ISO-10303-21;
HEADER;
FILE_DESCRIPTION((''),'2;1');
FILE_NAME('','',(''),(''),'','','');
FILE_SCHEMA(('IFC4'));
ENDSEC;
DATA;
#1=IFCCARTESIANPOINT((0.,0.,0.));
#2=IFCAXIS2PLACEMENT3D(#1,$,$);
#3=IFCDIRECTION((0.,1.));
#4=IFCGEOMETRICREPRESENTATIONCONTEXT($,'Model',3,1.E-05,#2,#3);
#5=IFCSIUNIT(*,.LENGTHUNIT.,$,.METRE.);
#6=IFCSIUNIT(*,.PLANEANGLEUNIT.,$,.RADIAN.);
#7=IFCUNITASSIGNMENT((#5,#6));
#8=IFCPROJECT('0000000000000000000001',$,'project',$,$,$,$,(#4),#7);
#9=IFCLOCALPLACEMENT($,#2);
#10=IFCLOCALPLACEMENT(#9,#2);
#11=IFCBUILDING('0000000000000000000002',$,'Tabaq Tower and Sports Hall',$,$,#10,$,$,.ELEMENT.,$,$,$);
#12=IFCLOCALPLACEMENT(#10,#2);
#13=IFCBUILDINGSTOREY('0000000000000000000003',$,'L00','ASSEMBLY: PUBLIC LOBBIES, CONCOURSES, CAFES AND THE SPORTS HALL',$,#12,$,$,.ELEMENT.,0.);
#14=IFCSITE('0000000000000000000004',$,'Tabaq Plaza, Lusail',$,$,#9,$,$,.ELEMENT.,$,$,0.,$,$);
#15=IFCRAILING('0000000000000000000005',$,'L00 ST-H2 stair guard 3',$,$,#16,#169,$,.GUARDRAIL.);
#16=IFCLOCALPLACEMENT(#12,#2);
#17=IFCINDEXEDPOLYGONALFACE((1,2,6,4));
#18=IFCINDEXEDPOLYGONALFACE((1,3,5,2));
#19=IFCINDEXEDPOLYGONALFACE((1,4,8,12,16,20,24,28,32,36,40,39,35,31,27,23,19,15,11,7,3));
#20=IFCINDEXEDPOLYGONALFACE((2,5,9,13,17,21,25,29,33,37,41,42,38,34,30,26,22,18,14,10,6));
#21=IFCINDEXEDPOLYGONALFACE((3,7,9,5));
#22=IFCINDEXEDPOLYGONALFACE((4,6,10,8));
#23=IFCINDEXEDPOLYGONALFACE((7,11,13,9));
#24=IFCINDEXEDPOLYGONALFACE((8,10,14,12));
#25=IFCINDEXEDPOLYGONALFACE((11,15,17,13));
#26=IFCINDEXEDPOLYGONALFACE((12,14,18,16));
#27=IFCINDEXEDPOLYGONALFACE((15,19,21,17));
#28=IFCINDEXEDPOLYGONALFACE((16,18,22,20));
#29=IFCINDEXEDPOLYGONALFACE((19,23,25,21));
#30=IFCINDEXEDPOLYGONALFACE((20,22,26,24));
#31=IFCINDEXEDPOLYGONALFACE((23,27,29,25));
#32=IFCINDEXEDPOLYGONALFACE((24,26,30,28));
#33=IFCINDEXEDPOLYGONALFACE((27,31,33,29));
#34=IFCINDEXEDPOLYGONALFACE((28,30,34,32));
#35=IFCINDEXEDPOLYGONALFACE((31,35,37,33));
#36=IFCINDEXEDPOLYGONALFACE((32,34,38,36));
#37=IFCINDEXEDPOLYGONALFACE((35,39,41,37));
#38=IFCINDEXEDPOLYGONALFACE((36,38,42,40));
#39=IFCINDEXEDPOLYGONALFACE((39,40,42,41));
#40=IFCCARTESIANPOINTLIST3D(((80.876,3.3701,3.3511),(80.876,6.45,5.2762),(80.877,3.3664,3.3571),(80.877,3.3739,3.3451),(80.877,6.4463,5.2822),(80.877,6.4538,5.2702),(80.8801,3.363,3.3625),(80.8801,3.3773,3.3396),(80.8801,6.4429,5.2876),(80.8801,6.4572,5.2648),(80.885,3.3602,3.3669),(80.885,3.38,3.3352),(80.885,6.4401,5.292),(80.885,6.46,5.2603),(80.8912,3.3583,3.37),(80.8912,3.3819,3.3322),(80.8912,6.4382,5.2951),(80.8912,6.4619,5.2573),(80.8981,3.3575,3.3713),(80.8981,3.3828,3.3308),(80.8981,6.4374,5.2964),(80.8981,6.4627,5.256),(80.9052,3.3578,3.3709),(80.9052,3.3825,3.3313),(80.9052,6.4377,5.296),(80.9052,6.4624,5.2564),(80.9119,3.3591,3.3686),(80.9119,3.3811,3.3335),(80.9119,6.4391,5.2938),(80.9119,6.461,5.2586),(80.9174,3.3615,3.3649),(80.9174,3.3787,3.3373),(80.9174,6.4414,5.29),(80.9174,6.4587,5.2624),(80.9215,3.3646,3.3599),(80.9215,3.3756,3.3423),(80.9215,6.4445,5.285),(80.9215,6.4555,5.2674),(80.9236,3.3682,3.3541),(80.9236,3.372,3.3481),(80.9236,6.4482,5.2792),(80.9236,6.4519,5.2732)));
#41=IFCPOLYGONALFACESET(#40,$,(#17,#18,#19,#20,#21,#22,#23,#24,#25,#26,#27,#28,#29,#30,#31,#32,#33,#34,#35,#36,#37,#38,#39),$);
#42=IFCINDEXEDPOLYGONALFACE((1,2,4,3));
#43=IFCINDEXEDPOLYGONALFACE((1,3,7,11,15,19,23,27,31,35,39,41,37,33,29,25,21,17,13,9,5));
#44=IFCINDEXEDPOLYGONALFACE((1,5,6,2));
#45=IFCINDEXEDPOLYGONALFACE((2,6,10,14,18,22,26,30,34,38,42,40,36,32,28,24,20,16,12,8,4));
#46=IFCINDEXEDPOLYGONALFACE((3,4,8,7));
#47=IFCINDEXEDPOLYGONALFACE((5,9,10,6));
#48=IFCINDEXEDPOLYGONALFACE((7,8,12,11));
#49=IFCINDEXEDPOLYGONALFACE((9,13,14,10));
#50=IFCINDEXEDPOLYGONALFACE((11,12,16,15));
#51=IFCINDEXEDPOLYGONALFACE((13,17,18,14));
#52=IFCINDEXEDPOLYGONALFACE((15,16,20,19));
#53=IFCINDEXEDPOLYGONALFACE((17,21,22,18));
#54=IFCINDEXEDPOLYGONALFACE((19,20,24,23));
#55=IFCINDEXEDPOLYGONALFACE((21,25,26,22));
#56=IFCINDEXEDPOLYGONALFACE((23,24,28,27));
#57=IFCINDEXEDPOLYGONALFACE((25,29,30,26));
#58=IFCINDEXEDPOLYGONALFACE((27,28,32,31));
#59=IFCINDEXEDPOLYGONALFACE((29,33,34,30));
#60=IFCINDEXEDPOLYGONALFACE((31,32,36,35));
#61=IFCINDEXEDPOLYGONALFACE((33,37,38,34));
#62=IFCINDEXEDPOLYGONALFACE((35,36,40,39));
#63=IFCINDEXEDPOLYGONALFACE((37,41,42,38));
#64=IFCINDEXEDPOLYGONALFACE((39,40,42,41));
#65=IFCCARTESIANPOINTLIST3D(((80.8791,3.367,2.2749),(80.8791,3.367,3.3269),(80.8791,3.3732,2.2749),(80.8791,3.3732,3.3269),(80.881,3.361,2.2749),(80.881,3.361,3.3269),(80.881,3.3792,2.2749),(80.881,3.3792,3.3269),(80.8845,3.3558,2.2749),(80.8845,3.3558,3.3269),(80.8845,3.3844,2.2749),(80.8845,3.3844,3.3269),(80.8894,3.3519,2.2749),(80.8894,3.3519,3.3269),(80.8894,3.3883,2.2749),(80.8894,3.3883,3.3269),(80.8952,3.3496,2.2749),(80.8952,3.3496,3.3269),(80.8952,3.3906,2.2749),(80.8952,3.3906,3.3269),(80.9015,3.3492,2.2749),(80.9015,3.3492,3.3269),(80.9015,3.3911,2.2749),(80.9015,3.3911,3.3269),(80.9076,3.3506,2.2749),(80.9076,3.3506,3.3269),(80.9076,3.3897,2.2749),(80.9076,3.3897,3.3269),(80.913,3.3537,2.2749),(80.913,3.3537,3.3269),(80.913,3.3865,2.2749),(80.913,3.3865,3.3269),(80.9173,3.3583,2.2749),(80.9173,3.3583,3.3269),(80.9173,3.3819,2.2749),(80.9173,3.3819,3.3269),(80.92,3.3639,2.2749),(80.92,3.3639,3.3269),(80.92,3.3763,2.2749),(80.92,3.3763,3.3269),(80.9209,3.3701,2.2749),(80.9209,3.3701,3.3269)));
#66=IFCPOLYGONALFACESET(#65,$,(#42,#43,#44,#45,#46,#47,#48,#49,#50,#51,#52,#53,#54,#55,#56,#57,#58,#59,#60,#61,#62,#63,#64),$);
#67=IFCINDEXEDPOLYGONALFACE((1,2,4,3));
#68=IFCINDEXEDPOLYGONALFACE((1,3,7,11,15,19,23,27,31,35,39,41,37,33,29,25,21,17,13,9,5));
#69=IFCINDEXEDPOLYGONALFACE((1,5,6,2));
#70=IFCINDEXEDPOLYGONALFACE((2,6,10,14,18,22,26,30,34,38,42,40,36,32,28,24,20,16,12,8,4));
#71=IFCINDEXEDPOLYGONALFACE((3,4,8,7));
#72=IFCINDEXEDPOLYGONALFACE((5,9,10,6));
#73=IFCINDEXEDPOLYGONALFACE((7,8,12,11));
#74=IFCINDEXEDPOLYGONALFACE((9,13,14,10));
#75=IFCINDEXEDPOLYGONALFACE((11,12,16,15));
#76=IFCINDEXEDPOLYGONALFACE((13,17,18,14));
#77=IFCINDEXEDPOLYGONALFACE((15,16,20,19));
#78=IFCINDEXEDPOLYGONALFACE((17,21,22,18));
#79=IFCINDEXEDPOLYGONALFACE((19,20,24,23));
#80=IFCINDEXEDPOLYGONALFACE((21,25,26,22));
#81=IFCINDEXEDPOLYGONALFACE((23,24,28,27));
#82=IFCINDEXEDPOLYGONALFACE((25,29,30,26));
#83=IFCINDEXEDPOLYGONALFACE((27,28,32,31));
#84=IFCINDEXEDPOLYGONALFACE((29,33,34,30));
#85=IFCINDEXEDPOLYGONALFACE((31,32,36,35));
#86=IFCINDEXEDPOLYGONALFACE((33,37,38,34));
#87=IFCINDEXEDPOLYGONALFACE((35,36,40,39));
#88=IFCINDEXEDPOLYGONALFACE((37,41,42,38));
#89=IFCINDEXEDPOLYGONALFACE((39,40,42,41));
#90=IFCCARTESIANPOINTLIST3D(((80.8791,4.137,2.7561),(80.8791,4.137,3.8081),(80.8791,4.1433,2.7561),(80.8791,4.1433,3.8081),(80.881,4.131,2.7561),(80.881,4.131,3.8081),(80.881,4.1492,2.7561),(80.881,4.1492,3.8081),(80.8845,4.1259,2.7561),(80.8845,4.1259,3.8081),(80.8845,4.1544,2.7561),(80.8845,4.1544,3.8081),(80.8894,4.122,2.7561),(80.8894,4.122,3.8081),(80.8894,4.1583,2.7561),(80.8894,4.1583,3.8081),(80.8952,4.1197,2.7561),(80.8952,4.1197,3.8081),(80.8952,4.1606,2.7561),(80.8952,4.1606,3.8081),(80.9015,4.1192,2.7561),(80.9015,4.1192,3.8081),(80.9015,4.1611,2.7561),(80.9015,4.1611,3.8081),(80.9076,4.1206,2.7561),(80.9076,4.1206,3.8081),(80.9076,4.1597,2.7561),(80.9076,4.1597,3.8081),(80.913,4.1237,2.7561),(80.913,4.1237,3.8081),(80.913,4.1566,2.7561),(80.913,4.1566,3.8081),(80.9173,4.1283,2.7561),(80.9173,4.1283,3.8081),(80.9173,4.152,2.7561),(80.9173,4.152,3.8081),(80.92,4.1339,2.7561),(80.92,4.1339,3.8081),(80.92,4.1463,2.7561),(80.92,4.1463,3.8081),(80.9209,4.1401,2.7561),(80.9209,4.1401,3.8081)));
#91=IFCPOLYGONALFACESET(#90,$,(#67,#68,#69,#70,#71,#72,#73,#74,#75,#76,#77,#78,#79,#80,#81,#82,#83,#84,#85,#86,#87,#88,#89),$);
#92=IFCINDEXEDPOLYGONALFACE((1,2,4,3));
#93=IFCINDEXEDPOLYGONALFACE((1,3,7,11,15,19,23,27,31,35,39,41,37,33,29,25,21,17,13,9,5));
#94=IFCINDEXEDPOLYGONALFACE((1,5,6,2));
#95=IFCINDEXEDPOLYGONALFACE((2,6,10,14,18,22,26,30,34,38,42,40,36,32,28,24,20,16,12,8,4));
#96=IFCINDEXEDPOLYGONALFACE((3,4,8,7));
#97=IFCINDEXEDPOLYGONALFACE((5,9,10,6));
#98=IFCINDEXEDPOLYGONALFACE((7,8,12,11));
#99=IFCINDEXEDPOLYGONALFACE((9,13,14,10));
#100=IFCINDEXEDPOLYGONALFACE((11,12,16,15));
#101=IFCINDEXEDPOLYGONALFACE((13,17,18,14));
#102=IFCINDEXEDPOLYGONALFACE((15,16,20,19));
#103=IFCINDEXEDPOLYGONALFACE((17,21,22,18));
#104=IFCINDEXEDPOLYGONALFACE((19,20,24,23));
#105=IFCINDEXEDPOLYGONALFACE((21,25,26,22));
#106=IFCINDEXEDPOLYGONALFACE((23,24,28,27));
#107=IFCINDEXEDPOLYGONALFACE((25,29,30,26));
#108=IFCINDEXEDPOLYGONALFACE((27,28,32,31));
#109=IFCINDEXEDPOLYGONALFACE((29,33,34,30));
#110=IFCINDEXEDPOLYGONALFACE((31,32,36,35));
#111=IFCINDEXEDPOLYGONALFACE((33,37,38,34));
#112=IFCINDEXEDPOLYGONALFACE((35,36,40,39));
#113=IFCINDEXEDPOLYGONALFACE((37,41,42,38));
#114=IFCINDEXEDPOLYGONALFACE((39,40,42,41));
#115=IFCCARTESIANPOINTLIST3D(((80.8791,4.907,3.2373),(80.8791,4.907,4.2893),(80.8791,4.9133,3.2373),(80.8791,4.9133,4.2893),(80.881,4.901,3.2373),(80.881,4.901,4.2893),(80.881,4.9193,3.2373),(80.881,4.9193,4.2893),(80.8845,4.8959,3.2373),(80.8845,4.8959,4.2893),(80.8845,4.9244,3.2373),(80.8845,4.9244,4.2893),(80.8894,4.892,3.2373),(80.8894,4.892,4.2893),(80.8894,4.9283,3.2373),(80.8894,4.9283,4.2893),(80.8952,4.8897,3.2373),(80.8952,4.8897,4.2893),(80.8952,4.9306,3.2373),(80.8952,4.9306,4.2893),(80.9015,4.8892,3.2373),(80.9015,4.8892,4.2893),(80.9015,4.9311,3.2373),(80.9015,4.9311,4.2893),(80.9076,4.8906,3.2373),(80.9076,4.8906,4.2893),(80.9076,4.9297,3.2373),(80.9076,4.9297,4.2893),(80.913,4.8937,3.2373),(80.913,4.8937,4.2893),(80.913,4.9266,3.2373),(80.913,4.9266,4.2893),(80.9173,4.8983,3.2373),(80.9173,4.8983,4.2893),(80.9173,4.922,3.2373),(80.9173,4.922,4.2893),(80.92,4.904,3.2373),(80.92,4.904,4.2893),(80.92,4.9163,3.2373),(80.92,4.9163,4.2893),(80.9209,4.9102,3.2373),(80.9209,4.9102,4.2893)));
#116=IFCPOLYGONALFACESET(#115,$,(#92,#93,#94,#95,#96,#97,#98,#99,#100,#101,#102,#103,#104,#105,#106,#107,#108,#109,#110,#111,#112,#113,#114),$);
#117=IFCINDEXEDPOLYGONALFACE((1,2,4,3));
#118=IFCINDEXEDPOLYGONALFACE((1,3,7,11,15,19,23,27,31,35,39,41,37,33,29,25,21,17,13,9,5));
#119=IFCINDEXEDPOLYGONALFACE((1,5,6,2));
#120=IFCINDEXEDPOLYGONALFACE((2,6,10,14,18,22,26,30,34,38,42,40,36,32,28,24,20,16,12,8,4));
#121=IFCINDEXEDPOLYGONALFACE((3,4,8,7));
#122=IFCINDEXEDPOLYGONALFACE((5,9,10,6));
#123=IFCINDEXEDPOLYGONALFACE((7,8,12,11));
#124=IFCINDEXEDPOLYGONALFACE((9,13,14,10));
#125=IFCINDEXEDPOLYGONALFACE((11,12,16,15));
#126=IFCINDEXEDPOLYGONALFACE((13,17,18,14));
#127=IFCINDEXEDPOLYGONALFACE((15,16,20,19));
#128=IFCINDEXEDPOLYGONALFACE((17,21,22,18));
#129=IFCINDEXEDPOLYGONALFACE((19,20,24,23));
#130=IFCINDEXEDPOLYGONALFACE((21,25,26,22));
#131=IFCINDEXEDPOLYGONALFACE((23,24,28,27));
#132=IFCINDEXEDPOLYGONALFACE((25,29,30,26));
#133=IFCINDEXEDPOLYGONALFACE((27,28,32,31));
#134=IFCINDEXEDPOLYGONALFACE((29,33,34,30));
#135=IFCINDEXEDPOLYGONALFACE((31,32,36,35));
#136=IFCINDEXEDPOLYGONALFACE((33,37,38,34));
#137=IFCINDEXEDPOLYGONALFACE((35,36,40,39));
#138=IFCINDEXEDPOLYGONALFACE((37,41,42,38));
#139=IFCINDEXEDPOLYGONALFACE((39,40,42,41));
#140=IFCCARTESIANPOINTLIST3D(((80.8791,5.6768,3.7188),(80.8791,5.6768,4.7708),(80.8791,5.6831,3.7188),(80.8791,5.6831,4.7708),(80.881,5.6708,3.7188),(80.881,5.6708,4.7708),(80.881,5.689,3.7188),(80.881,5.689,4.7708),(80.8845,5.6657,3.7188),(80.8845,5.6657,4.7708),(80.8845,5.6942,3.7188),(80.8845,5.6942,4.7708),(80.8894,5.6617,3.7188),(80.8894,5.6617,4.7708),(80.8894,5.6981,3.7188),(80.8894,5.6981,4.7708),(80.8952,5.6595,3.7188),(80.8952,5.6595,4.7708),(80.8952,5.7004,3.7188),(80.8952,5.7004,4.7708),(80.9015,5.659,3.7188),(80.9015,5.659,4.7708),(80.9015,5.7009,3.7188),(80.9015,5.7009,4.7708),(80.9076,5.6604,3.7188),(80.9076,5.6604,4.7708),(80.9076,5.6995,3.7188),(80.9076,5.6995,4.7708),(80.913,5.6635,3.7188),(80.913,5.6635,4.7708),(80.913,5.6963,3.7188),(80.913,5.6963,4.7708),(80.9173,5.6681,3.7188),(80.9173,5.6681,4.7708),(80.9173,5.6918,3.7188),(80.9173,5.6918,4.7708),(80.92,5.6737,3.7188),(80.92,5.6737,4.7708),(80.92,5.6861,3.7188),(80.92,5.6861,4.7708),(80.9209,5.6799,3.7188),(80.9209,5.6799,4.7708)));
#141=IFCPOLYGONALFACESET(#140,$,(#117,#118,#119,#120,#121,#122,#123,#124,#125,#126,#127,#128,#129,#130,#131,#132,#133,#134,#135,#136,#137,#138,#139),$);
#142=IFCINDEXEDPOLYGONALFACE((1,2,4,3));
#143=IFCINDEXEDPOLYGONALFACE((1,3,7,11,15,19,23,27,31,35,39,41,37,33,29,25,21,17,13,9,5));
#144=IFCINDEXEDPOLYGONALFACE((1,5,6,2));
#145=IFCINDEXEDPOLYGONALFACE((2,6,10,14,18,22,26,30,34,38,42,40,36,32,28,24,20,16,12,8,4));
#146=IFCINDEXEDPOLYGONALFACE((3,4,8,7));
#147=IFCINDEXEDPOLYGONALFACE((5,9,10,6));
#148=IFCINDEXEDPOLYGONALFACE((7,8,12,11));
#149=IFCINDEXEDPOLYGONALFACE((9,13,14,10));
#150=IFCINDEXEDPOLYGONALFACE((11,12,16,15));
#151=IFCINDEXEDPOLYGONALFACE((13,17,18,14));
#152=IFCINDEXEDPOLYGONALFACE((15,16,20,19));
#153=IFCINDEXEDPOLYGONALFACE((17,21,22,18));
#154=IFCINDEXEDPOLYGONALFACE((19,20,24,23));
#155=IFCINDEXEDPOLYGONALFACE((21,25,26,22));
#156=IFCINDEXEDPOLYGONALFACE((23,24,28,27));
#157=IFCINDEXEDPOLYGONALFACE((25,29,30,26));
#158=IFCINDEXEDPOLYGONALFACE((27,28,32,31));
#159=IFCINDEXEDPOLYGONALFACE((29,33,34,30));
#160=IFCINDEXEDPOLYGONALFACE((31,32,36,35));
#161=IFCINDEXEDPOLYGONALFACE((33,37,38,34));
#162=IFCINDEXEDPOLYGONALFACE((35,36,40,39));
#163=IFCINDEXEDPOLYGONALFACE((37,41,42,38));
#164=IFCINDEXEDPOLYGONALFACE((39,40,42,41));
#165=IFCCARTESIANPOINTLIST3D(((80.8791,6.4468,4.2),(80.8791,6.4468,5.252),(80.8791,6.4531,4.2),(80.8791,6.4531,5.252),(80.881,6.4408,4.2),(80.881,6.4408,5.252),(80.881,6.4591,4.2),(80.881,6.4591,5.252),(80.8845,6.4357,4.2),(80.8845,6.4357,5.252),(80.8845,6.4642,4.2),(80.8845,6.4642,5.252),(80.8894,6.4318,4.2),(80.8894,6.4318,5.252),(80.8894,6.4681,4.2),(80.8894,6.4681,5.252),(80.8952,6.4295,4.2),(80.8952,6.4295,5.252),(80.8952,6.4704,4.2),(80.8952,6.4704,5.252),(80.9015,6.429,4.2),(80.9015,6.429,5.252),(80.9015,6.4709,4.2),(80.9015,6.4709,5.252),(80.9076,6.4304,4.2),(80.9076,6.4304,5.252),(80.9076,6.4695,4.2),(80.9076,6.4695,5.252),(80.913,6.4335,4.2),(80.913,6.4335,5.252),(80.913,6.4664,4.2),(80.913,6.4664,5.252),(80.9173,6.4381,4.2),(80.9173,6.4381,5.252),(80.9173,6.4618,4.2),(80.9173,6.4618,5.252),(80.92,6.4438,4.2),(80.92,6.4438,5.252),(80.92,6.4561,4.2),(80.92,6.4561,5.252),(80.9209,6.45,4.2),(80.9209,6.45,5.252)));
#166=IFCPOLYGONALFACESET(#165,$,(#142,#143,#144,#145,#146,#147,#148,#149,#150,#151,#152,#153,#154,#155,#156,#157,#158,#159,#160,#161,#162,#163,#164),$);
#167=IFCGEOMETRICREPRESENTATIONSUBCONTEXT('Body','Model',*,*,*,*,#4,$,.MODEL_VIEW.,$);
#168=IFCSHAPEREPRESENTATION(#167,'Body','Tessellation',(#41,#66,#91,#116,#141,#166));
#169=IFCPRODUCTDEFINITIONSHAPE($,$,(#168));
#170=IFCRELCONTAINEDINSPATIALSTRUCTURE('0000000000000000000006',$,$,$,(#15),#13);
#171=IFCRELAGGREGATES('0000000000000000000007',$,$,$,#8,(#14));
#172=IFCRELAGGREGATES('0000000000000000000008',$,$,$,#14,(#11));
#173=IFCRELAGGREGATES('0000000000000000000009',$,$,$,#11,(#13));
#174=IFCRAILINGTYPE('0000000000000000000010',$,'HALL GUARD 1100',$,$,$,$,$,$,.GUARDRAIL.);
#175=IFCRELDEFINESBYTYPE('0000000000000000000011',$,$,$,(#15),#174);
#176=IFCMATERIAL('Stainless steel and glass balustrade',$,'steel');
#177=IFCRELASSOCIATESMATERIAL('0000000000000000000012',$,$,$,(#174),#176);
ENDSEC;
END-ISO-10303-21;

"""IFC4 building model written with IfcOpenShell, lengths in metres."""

from ifc_helpers import new_model, si_unit, direction, frame, origin, origin_2d, place, context, subcontext, project, spatial, circle, extrude, material, type_object, element, save


model = new_model("IFC4")

# Units and contexts
model_context = context("Model", 3, precision=1e-05, world=origin(), true_north=direction((0.0, 1.0)))
body_context = subcontext(model_context, "Body", "Model", "MODEL_VIEW")
ifc_project = project(units=[si_unit("LENGTHUNIT", "METRE"), si_unit("PLANEANGLEUNIT", "RADIAN")], contexts=[model_context])

# Site, building, storey
site_placement = place(None, origin())
site = spatial("IfcSite", under=ifc_project, at=site_placement, Name="Tabaq Plaza, Lusail", CompositionType="ELEMENT", RefElevation=0.0)
building_placement = place(site_placement, origin())
building = spatial("IfcBuilding", under=site, at=building_placement, Name="Tabaq Tower and Sports Hall", CompositionType="ELEMENT")
storey_placement = place(building_placement, origin())
storey = spatial("IfcBuildingStorey", under=building, at=storey_placement, Name="L00", Description="ASSEMBLY: PUBLIC LOBBIES, CONCOURSES, CAFES AND THE SPORTS HALL", CompositionType="ELEMENT", Elevation=0.0)

# Railing
ifc_material_1 = material(Name="Stainless steel and glass balustrade", Category="steel")
railing_type_1 = type_object("IfcRailingType", Name="HALL GUARD 1100", PredefinedType="GUARDRAIL", material=ifc_material_1)
railing_1_placement = place(storey_placement, frame((80.8999, 3.3701, 2.2749)))
element("IfcRailing", 1, at=railing_1_placement, inside=storey, type_object=railing_type_1, Name="L00 ST-H2 stair guard 3", PredefinedType="GUARDRAIL", context=body_context, shape_type="SweptSolid", body=[
    extrude(circle(Radius=0.0239, at=origin_2d()), frame((0.0, 0.0, 1.0762), z_axis=(0.0, 0.847979, 0.530029), x_axis=(-1.0, 0.0, 0.0)), (0.0, 0.0, 1.0), 3.6321),
    extrude(circle(Radius=0.021, at=origin_2d()), origin(), (0.0, 0.0, 1.0), 1.052),
    extrude(circle(Radius=0.021, at=origin_2d()), frame((0.0, 0.77, 0.4812)), (0.0, 0.0, 1.0), 1.052),
    extrude(circle(Radius=0.021, at=origin_2d()), frame((0.0, 1.54, 0.9624)), (0.0, 0.0, 1.0), 1.052),
    extrude(circle(Radius=0.021, at=origin_2d()), frame((0.0, 2.3098, 1.4438)), (0.0, 0.0, 1.0), 1.052),
    extrude(circle(Radius=0.021, at=origin_2d()), frame((0.0, 3.0798, 1.925)), (0.0, 0.0, 1.0), 1.052),
])

save(model, "model.ifc")
